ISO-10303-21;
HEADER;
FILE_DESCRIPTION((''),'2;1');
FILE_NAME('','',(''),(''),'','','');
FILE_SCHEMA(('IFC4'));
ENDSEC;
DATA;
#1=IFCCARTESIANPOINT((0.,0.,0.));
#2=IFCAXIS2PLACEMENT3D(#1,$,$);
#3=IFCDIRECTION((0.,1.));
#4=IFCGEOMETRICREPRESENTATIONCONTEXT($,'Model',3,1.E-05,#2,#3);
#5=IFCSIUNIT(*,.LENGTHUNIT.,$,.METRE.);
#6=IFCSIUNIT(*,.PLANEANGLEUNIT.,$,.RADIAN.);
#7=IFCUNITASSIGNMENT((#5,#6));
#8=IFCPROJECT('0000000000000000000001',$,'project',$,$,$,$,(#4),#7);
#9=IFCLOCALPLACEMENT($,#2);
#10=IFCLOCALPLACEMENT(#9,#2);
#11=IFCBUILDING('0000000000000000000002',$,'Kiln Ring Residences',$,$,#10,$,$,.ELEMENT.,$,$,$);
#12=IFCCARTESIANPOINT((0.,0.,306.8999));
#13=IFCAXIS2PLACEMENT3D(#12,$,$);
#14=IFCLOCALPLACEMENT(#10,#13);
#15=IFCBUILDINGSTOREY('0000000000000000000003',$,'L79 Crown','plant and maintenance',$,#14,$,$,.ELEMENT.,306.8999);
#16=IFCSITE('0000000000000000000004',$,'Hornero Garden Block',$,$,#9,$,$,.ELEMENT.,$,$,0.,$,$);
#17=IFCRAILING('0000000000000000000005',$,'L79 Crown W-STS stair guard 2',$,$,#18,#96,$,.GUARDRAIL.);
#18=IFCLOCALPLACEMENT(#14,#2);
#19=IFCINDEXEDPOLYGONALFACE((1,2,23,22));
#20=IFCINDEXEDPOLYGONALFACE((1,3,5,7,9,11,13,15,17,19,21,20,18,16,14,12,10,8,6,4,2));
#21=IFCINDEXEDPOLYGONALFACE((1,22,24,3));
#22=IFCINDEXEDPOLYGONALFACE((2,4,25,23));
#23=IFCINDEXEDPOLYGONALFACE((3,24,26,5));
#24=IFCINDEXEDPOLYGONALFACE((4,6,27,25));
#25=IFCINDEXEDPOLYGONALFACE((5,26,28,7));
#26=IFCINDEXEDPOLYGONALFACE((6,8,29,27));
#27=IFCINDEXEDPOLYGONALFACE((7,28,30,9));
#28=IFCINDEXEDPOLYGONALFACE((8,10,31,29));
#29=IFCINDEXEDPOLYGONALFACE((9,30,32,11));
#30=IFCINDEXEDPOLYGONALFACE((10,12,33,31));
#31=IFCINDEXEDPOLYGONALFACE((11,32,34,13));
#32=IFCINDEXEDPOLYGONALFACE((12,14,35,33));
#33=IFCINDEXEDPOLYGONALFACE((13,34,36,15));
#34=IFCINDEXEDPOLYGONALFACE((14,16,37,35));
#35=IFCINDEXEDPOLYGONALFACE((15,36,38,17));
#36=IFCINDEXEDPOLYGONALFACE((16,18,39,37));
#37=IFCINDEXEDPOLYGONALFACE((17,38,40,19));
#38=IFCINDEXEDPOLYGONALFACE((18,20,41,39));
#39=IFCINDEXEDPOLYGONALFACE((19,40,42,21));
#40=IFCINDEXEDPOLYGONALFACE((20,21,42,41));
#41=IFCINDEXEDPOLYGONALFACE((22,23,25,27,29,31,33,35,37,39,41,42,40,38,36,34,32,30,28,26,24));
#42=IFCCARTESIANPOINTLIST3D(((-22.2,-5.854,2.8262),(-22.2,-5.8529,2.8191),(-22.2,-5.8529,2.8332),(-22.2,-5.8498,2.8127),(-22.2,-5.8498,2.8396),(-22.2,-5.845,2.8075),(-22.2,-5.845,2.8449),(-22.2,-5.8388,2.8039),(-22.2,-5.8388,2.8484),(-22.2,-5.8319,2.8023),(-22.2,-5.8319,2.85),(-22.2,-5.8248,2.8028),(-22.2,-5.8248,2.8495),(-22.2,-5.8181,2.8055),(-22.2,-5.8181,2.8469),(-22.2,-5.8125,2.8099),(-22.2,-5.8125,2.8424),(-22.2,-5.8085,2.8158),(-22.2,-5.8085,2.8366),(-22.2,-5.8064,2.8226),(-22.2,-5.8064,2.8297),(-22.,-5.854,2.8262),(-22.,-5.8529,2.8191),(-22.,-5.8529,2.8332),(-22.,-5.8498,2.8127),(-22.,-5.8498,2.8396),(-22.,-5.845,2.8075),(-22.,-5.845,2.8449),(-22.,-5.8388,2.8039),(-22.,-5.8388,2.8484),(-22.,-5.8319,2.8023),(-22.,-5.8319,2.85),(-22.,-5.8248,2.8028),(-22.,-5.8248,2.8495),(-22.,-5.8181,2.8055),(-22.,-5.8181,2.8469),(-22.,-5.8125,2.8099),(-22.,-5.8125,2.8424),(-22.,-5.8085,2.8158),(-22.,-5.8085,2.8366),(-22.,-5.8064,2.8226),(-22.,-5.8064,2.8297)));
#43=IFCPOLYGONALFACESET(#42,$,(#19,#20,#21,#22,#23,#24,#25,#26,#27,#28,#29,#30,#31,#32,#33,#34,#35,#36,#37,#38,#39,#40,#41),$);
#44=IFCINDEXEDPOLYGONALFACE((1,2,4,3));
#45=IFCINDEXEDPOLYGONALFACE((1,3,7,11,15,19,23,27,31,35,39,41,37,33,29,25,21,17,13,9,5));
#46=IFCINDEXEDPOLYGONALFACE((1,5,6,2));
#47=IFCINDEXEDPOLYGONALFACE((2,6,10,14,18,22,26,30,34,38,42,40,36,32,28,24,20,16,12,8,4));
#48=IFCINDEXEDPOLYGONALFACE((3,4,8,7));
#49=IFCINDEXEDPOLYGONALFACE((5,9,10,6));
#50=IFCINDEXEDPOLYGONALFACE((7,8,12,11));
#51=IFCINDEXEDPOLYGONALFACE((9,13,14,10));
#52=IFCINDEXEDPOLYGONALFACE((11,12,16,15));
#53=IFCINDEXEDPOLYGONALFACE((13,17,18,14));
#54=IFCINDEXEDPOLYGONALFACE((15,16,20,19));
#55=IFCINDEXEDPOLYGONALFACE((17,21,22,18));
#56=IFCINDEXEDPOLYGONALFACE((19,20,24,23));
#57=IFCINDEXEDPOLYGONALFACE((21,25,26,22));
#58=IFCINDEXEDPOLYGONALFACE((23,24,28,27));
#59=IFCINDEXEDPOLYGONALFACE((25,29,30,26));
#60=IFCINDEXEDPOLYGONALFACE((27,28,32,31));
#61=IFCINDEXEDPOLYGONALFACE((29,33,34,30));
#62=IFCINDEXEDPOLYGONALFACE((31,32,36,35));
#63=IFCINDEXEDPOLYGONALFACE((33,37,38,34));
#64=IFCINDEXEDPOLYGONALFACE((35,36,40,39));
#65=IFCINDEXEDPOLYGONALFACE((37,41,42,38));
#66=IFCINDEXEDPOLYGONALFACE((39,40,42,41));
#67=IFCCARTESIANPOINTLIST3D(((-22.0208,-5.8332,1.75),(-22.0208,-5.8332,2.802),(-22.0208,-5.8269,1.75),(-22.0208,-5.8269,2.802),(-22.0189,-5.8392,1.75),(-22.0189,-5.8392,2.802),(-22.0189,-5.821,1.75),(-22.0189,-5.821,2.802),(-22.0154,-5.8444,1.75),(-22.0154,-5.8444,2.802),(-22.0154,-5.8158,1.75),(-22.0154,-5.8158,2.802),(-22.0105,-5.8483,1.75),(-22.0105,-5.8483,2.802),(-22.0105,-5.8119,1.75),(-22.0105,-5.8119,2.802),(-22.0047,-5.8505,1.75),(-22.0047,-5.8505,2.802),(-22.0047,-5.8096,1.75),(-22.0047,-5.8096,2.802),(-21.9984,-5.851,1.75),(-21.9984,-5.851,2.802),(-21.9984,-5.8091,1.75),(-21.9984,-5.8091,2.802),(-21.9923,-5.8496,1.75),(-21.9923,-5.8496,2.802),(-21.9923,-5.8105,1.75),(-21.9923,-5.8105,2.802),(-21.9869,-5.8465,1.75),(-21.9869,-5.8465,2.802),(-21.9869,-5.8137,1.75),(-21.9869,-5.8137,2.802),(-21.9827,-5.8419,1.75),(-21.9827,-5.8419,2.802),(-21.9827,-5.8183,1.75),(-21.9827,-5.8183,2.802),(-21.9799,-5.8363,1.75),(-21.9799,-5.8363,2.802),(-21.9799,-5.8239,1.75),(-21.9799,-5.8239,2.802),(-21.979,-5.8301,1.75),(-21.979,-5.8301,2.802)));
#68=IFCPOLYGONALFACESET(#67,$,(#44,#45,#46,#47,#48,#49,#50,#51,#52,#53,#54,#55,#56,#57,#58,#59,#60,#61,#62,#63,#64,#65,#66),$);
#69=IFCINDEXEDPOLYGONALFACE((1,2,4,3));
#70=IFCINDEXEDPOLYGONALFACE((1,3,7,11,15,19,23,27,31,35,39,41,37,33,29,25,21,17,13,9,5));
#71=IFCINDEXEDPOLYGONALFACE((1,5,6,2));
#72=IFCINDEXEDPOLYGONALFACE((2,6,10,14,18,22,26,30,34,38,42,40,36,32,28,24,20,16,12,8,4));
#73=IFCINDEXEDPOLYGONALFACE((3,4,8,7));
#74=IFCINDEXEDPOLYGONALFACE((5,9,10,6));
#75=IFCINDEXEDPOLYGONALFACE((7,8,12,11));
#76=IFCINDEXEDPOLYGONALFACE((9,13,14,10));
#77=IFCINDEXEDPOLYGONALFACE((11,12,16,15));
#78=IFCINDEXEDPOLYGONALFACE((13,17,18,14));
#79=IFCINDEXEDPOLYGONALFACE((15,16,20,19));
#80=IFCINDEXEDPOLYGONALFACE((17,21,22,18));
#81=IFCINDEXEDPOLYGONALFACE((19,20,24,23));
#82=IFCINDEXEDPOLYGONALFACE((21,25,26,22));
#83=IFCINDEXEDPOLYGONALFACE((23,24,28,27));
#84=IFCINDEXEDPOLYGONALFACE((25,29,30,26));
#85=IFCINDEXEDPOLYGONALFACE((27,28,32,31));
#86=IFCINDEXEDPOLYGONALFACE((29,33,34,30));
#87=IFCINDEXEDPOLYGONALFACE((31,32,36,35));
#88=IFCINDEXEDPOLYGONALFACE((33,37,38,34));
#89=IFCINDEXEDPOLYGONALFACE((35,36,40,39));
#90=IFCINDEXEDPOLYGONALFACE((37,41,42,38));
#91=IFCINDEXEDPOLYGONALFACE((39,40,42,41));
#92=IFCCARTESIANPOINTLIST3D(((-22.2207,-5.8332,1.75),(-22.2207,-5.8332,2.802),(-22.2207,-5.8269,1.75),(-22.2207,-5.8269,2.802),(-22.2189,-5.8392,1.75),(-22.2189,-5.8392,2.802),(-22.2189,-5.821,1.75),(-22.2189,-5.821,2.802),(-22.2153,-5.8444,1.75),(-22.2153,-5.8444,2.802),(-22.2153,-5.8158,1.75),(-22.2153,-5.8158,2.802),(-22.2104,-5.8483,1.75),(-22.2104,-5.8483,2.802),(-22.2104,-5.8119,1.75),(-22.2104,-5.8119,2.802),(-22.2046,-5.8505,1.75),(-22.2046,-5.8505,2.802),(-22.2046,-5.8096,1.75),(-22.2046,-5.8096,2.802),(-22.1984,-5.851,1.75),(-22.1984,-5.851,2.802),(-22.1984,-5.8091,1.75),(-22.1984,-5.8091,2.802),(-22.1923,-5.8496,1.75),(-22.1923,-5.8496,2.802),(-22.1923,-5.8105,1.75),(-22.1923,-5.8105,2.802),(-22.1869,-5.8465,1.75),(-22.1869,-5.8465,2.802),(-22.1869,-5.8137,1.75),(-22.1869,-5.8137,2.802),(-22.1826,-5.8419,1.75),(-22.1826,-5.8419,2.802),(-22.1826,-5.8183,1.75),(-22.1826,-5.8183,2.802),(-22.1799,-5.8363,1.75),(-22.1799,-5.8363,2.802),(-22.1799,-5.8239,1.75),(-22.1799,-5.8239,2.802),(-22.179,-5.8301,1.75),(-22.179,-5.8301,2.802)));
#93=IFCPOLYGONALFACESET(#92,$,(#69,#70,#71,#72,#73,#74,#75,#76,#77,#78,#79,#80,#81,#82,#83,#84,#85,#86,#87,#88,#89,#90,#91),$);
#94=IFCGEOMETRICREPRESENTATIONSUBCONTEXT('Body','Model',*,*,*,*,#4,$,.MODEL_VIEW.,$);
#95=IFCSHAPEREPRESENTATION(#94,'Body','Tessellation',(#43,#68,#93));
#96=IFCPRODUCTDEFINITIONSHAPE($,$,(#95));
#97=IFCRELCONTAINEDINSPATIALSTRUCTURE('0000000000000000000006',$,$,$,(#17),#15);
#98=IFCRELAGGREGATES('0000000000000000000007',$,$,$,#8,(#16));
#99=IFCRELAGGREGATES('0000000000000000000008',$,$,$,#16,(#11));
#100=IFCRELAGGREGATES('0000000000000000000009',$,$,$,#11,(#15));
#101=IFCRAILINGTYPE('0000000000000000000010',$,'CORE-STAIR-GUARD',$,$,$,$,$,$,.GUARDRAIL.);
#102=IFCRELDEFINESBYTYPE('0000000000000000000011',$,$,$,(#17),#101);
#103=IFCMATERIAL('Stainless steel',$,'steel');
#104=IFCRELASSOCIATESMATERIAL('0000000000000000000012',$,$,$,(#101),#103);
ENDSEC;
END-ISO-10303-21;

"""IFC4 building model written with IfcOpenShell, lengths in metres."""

from ifc_helpers import new_model, si_unit, direction, frame, origin, origin_2d, place, context, subcontext, project, spatial, circle, extrude, material, type_object, element, save


model = new_model("IFC4")

# Units and contexts
model_context = context("Model", 3, precision=1e-05, world=origin(), true_north=direction((0.0, 1.0)))
body_context = subcontext(model_context, "Body", "Model", "MODEL_VIEW")
ifc_project = project(units=[si_unit("LENGTHUNIT", "METRE"), si_unit("PLANEANGLEUNIT", "RADIAN")], contexts=[model_context])

# Site, building, storey
site_placement = place(None, origin())
site = spatial("IfcSite", under=ifc_project, at=site_placement, Name="Hornero Garden Block", CompositionType="ELEMENT", RefElevation=0.0)
building_placement = place(site_placement, origin())
building = spatial("IfcBuilding", under=site, at=building_placement, Name="Kiln Ring Residences", CompositionType="ELEMENT")
storey_placement = place(building_placement, frame((0.0, 0.0, 306.8999)))
storey = spatial("IfcBuildingStorey", under=building, at=storey_placement, Name="L79 Crown", Description="plant and maintenance", CompositionType="ELEMENT", Elevation=306.8999)

# Railing
ifc_material_1 = material(Name="Stainless steel", Category="steel")
railing_type_1 = type_object("IfcRailingType", Name="CORE-STAIR-GUARD", PredefinedType="GUARDRAIL", material=ifc_material_1)
railing_1_placement = place(storey_placement, frame((-22.0, -5.8301, 1.75)))
element("IfcRailing", 1, at=railing_1_placement, inside=storey, type_object=railing_type_1, Name="L79 Crown W-STS stair guard 2", PredefinedType="GUARDRAIL", context=body_context, shape_type="SweptSolid", body=[
    extrude(circle(Radius=0.0239, at=origin_2d()), frame((0.0, 0.0, 1.0762), z_axis=(-1.0, 0.0, 0.0), x_axis=(0.0, -1.0, 0.0)), (0.0, 0.0, 1.0), 0.2),
    extrude(circle(Radius=0.021, at=origin_2d()), origin(), (0.0, 0.0, 1.0), 1.052),
    extrude(circle(Radius=0.021, at=origin_2d()), frame((-0.2, 0.0, 0.0)), (0.0, 0.0, 1.0), 1.052),
])

save(model, "model.ifc")
